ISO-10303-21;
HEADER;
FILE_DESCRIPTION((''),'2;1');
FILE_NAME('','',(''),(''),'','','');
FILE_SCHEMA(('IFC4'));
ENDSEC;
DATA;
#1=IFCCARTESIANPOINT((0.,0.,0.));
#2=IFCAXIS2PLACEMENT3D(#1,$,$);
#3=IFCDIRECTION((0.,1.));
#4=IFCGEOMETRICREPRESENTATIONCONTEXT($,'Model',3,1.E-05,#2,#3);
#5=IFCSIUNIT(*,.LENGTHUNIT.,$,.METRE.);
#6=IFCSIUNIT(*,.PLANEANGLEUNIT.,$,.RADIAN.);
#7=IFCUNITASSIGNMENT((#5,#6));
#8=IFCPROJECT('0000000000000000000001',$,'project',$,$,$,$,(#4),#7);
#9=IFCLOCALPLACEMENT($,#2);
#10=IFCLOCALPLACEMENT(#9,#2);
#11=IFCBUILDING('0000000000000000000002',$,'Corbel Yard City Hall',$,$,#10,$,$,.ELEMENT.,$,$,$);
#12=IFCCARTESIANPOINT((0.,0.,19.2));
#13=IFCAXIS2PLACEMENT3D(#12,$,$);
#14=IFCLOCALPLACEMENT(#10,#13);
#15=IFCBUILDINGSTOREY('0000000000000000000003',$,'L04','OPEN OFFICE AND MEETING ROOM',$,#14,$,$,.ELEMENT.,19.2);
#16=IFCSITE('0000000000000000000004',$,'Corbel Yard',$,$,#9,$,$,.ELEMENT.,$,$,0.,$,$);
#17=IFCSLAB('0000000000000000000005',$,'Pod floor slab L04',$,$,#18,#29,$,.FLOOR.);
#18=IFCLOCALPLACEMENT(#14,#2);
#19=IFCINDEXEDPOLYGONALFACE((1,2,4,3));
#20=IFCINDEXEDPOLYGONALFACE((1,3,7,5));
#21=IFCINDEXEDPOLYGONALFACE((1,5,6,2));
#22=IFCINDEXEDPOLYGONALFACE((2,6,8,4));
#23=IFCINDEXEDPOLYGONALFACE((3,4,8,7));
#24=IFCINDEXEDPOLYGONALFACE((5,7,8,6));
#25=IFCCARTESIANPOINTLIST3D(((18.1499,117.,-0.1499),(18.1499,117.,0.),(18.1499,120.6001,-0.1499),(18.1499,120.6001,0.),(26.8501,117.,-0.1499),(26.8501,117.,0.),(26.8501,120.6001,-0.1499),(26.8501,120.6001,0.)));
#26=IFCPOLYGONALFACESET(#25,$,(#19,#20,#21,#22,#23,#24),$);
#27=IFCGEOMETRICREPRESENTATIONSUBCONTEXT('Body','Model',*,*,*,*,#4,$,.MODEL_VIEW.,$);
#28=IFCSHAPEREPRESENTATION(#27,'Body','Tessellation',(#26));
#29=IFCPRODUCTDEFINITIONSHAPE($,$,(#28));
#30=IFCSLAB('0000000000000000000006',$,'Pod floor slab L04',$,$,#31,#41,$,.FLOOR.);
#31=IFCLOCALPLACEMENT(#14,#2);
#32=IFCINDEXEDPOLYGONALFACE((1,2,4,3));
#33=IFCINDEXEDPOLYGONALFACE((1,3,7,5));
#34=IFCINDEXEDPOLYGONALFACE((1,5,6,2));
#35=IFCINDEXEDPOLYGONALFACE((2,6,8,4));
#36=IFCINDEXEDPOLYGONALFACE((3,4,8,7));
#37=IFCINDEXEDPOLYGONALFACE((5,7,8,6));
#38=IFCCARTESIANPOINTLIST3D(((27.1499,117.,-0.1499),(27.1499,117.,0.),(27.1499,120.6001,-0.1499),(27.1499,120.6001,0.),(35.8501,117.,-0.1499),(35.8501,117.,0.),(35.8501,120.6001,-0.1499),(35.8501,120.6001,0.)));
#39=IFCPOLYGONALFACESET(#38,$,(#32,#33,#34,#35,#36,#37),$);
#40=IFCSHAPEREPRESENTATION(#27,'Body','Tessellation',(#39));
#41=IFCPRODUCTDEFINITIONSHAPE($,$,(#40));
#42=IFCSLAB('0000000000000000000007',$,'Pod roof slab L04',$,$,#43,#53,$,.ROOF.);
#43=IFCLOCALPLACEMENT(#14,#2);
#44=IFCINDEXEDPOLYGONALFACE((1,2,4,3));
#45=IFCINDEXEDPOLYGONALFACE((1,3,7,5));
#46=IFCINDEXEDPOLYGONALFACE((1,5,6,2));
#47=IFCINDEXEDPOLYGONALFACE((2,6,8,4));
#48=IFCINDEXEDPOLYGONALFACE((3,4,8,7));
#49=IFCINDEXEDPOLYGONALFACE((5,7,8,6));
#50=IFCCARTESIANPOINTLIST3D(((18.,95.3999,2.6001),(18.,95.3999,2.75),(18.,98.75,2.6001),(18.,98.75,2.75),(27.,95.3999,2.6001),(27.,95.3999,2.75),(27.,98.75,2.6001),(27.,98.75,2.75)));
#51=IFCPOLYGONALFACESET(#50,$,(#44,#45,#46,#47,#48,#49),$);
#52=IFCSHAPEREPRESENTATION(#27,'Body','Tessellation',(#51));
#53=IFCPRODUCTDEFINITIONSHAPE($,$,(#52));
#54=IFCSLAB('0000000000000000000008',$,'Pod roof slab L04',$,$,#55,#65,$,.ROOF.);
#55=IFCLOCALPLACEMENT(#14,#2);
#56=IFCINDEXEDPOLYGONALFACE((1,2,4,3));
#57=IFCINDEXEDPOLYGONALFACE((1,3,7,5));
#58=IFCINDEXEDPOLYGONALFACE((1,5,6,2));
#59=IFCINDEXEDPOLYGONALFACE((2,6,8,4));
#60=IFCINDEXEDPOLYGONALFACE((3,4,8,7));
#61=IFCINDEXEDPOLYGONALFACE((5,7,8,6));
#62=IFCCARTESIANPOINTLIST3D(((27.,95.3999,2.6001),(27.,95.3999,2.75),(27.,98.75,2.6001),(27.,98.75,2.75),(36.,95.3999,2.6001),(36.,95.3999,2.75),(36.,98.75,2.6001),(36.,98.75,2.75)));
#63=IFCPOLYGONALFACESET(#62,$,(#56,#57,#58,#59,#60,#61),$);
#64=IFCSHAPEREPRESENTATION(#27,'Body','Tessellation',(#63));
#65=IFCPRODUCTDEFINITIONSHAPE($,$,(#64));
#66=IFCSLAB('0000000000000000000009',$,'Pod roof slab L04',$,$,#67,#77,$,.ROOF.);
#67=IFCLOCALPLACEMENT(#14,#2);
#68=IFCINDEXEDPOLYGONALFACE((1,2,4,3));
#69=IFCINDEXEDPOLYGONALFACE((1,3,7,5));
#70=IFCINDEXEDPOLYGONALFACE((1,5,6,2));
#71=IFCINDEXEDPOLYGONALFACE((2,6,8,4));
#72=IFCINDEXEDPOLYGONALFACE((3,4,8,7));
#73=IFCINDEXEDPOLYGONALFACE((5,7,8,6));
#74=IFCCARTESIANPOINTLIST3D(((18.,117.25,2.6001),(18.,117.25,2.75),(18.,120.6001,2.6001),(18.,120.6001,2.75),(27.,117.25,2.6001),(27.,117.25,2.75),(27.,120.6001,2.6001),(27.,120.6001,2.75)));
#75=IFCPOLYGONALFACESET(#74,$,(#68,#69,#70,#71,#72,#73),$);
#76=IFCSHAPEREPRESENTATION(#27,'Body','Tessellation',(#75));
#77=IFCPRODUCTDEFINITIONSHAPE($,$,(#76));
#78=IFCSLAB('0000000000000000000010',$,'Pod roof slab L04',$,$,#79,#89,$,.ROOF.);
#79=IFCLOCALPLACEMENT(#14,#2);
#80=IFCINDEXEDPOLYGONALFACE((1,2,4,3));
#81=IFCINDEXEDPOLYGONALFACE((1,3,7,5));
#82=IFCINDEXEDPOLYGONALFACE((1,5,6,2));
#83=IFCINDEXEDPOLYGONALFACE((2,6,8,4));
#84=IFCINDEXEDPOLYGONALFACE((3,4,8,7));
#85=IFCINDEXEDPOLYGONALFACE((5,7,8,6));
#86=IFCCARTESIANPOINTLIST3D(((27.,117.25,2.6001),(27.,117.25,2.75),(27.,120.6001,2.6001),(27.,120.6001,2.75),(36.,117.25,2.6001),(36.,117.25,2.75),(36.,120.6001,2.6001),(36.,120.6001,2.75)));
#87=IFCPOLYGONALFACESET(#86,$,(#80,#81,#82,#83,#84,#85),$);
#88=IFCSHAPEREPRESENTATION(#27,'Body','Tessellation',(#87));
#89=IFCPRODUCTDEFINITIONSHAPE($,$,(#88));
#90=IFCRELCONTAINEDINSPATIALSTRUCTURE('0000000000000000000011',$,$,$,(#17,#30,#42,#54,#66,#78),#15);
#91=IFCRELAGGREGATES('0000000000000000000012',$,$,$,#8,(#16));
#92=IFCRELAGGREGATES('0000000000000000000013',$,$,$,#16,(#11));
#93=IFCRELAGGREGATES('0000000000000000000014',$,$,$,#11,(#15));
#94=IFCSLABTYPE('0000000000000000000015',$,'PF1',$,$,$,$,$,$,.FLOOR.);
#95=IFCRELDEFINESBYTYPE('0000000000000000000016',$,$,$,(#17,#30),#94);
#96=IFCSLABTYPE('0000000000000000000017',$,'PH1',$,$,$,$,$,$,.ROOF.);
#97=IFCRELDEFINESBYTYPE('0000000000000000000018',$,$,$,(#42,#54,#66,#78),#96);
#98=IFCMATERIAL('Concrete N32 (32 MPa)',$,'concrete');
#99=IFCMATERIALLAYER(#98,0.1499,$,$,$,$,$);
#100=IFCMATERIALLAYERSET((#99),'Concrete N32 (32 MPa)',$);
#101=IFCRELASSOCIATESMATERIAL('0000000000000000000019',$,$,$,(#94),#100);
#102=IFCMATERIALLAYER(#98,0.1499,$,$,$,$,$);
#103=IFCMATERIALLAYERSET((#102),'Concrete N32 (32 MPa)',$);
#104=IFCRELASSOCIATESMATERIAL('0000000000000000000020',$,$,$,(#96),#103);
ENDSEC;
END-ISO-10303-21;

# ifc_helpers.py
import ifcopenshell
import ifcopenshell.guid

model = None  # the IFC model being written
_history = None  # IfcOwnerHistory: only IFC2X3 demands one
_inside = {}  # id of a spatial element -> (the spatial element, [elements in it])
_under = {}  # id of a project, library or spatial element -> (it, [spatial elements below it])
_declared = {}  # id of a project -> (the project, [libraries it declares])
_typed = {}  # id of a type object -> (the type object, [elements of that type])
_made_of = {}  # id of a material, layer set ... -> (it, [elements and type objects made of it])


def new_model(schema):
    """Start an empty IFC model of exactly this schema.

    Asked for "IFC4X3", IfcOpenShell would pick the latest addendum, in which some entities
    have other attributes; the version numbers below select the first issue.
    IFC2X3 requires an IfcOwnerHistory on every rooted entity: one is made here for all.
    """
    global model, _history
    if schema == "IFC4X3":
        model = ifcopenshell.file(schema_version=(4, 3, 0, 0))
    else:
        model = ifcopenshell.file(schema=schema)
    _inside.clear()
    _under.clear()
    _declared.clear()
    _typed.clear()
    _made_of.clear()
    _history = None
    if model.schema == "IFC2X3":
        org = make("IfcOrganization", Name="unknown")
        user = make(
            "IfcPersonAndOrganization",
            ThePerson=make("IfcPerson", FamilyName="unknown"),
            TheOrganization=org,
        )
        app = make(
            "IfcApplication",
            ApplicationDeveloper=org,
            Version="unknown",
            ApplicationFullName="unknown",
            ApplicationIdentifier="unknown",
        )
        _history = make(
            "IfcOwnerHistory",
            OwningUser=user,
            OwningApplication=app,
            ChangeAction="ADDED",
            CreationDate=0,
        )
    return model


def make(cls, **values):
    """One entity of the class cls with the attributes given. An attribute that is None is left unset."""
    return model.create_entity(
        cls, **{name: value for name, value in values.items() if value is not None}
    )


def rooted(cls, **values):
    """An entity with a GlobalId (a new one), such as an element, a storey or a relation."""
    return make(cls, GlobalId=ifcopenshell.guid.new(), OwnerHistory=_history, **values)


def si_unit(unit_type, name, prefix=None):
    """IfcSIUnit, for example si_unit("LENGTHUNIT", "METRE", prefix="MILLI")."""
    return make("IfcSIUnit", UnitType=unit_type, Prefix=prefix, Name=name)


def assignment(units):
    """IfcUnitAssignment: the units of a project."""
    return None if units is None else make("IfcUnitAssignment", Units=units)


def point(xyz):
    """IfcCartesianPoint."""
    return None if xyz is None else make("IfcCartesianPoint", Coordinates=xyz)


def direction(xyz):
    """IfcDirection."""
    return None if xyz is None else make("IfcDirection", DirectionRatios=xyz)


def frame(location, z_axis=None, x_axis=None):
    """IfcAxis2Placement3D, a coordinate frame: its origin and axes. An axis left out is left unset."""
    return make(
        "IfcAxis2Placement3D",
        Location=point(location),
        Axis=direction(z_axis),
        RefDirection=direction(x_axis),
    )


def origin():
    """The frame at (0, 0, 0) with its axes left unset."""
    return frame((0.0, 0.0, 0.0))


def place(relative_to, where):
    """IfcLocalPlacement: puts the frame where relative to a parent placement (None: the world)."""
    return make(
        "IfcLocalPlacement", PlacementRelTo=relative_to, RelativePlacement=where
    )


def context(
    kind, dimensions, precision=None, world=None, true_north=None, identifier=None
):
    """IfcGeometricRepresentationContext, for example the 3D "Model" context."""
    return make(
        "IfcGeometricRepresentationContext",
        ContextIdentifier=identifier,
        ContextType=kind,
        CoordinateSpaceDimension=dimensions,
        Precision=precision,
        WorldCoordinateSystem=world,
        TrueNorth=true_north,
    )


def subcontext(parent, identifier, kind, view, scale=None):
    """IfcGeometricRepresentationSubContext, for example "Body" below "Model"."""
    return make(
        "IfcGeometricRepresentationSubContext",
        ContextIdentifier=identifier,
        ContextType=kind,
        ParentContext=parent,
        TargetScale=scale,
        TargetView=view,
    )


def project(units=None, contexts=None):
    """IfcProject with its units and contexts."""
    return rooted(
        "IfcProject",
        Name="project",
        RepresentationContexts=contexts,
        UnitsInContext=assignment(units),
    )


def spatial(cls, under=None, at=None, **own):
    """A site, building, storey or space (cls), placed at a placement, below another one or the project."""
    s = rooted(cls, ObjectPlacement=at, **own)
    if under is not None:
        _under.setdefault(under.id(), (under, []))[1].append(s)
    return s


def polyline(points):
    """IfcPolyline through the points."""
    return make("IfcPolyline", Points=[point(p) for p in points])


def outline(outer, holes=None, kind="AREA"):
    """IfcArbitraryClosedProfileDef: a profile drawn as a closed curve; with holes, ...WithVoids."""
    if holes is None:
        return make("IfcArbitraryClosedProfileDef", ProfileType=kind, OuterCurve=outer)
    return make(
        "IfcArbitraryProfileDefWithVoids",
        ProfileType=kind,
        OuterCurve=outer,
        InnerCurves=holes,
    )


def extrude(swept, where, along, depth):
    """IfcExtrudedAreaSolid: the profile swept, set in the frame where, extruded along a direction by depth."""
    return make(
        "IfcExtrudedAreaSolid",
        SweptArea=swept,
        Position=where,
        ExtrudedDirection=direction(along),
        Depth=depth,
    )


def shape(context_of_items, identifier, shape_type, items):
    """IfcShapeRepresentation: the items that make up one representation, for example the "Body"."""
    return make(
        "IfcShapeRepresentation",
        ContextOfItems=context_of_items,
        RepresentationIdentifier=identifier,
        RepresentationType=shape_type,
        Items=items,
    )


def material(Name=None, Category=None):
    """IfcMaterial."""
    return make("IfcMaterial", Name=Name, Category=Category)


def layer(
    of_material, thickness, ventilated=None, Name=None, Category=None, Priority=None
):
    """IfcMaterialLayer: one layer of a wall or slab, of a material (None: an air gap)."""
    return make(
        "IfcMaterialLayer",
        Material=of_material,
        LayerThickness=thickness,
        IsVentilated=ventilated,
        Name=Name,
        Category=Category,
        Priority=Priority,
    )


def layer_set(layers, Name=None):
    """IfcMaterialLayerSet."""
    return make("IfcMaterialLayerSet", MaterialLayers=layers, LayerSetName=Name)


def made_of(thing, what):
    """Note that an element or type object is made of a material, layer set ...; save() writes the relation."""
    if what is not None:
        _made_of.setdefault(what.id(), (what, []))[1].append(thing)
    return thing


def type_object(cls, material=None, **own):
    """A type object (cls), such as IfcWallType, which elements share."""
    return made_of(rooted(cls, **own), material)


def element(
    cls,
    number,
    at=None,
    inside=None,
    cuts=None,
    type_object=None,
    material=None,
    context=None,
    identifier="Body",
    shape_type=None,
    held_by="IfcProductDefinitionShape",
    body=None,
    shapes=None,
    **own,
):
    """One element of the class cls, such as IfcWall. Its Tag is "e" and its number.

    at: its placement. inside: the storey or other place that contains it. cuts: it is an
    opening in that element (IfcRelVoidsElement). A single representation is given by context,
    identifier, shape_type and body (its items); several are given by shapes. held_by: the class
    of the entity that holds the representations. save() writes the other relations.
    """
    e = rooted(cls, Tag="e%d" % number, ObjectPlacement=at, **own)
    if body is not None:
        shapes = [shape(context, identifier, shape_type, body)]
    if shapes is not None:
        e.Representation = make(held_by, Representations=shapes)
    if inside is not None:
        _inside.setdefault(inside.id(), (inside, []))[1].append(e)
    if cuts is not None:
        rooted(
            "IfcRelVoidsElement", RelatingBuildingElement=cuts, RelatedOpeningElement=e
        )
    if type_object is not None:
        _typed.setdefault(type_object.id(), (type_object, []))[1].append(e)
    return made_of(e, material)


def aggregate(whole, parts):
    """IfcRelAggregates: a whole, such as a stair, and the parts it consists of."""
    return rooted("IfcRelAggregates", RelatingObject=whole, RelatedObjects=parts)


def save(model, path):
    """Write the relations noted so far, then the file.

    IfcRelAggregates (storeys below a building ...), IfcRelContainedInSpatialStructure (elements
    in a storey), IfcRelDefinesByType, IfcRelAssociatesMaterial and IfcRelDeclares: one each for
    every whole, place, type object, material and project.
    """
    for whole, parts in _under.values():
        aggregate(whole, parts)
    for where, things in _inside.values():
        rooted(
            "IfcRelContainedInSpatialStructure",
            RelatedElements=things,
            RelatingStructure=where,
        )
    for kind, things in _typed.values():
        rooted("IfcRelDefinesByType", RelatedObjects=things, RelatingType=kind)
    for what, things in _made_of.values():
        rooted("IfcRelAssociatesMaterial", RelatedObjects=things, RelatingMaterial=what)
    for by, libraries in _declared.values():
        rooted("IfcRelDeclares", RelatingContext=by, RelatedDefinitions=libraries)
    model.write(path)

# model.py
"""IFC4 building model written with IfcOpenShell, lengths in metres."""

from ifc_helpers import new_model, si_unit, direction, frame, origin, place, context, subcontext, project, spatial, polyline, outline, extrude, material, layer, layer_set, type_object, element, save


model = new_model("IFC4")

# Units and contexts
model_context = context("Model", 3, precision=1e-05, world=origin(), true_north=direction((0.0, 1.0)))
body_context = subcontext(model_context, "Body", "Model", "MODEL_VIEW")
ifc_project = project(units=[si_unit("LENGTHUNIT", "METRE"), si_unit("PLANEANGLEUNIT", "RADIAN")], contexts=[model_context])

# Site, building, storey
site_placement = place(None, origin())
site = spatial("IfcSite", under=ifc_project, at=site_placement, Name="Corbel Yard", CompositionType="ELEMENT", RefElevation=0.0)
building_placement = place(site_placement, origin())
building = spatial("IfcBuilding", under=site, at=building_placement, Name="Corbel Yard City Hall", CompositionType="ELEMENT")
storey_placement = place(building_placement, frame((0.0, 0.0, 19.2)))
storey = spatial("IfcBuildingStorey", under=building, at=storey_placement, Name="L04", Description="OPEN OFFICE AND MEETING ROOM", CompositionType="ELEMENT", Elevation=19.2)

# Slabs
ifc_material_1 = material(Name="Concrete N32 (32 MPa)", Category="concrete")
ifc_layer_1 = layer(ifc_material_1, 0.1499)
ifc_layer_set_1 = layer_set([ifc_layer_1], Name="Concrete N32 (32 MPa)")
slab_type_1 = type_object("IfcSlabType", Name="PF1", PredefinedType="FLOOR", material=ifc_layer_set_1)
slab_1_placement = place(storey_placement, frame((0.0, 0.0, -0.1499)))
element("IfcSlab", 1, at=slab_1_placement, inside=storey, type_object=slab_type_1, Name="Pod floor slab L04", PredefinedType="FLOOR", context=body_context, shape_type="SweptSolid", body=[
    extrude(outline(polyline([(18.1499, 117.0), (26.8501, 117.0), (26.8501, 120.6001), (18.1499, 120.6001), (18.1499, 117.0)])), origin(), (0.0, 0.0, 1.0), 0.1499),
])
slab_2_placement = place(storey_placement, frame((0.0, 0.0, -0.1499)))
element("IfcSlab", 2, at=slab_2_placement, inside=storey, type_object=slab_type_1, Name="Pod floor slab L04", PredefinedType="FLOOR", context=body_context, shape_type="SweptSolid", body=[
    extrude(outline(polyline([(27.1499, 117.0), (35.8501, 117.0), (35.8501, 120.6001), (27.1499, 120.6001), (27.1499, 117.0)])), origin(), (0.0, 0.0, 1.0), 0.1499),
])
ifc_layer_2 = layer(ifc_material_1, 0.1499)
ifc_layer_set_2 = layer_set([ifc_layer_2], Name="Concrete N32 (32 MPa)")
slab_type_2 = type_object("IfcSlabType", Name="PH1", PredefinedType="ROOF", material=ifc_layer_set_2)
slab_3_placement = place(storey_placement, frame((0.0, 0.0, 2.6001)))
element("IfcSlab", 3, at=slab_3_placement, inside=storey, type_object=slab_type_2, Name="Pod roof slab L04", PredefinedType="ROOF", context=body_context, shape_type="SweptSolid", body=[
    extrude(outline(polyline([(18.0, 95.3999), (27.0, 95.3999), (27.0, 98.75), (18.0, 98.75), (18.0, 95.3999)])), origin(), (0.0, 0.0, 1.0), 0.1499),
])
slab_4_placement = place(storey_placement, frame((0.0, 0.0, 2.6001)))
element("IfcSlab", 4, at=slab_4_placement, inside=storey, type_object=slab_type_2, Name="Pod roof slab L04", PredefinedType="ROOF", context=body_context, shape_type="SweptSolid", body=[
    extrude(outline(polyline([(27.0, 95.3999), (36.0, 95.3999), (36.0, 98.75), (27.0, 98.75), (27.0, 95.3999)])), origin(), (0.0, 0.0, 1.0), 0.1499),
])
slab_5_placement = place(storey_placement, frame((0.0, 0.0, 2.6001)))
element("IfcSlab", 5, at=slab_5_placement, inside=storey, type_object=slab_type_2, Name="Pod roof slab L04", PredefinedType="ROOF", context=body_context, shape_type="SweptSolid", body=[
    extrude(outline(polyline([(18.0, 120.6001), (18.0, 117.25), (27.0, 117.25), (27.0, 120.6001), (18.0, 120.6001)])), origin(), (0.0, 0.0, 1.0), 0.1499),
])
slab_6_placement = place(storey_placement, frame((0.0, 0.0, 2.6001)))
element("IfcSlab", 6, at=slab_6_placement, inside=storey, type_object=slab_type_2, Name="Pod roof slab L04", PredefinedType="ROOF", context=body_context, shape_type="SweptSolid", body=[
    extrude(outline(polyline([(27.0, 120.6001), (27.0, 117.25), (36.0, 117.25), (36.0, 120.6001), (27.0, 120.6001)])), origin(), (0.0, 0.0, 1.0), 0.1499),
])

save(model, "model.ifc")
